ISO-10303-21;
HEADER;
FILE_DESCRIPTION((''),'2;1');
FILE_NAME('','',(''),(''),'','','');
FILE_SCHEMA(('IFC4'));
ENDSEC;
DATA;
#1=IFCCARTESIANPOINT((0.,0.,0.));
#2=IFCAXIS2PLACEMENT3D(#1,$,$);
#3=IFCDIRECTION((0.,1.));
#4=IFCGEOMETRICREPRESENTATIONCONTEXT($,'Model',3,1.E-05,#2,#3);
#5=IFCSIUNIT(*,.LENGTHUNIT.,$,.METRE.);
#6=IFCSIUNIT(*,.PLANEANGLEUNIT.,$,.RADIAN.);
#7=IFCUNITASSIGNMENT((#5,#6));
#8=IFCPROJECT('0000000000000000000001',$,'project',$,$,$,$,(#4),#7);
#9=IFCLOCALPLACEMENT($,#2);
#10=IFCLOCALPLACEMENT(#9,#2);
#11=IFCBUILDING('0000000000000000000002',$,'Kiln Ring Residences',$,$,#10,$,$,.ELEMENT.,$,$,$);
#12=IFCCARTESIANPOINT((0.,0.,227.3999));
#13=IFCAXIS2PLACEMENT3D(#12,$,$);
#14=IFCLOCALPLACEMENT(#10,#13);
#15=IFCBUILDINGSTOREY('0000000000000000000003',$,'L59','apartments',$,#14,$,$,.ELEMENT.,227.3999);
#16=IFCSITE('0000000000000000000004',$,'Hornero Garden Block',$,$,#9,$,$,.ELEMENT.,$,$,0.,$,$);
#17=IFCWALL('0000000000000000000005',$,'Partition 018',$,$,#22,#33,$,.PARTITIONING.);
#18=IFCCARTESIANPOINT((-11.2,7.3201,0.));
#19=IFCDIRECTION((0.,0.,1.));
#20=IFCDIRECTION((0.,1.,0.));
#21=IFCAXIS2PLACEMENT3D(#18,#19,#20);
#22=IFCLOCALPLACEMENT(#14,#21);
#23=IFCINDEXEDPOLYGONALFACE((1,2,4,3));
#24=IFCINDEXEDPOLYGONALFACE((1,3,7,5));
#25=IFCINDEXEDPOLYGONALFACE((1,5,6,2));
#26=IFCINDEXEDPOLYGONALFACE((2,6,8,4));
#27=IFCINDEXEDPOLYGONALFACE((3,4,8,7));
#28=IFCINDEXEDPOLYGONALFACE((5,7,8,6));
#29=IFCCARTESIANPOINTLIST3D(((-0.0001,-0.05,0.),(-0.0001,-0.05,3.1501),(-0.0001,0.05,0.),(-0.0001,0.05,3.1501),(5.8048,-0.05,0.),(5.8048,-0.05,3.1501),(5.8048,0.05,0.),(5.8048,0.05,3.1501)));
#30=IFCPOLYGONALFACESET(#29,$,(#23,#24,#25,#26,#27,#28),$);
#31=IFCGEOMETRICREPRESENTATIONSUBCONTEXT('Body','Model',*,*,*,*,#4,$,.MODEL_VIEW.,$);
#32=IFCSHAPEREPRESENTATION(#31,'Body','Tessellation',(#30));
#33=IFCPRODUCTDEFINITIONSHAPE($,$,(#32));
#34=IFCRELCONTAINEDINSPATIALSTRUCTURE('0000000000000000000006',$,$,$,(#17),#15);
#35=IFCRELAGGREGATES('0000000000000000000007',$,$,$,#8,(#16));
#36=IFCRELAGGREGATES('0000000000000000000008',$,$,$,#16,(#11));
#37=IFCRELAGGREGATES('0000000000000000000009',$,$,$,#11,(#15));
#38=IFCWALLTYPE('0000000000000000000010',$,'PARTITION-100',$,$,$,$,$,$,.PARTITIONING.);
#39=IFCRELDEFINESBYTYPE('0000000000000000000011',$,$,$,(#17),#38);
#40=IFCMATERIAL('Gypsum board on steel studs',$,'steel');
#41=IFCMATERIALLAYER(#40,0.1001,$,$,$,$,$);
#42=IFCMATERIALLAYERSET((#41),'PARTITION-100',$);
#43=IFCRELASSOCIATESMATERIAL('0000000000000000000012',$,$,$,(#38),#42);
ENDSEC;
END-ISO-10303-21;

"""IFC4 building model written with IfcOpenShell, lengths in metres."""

from ifc_helpers import new_model, si_unit, direction, frame, frame_2d, origin, place, context, subcontext, project, spatial, rectangle, extrude, material, layer, layer_set, type_object, element, save


model = new_model("IFC4")

# Units and contexts
model_context = context("Model", 3, precision=1e-05, world=origin(), true_north=direction((0.0, 1.0)))
body_context = subcontext(model_context, "Body", "Model", "MODEL_VIEW")
ifc_project = project(units=[si_unit("LENGTHUNIT", "METRE"), si_unit("PLANEANGLEUNIT", "RADIAN")], contexts=[model_context])

# Site, building, storey
site_placement = place(None, origin())
site = spatial("IfcSite", under=ifc_project, at=site_placement, Name="Hornero Garden Block", CompositionType="ELEMENT", RefElevation=0.0)
building_placement = place(site_placement, origin())
building = spatial("IfcBuilding", under=site, at=building_placement, Name="Kiln Ring Residences", CompositionType="ELEMENT")
storey_placement = place(building_placement, frame((0.0, 0.0, 227.3999)))
storey = spatial("IfcBuildingStorey", under=building, at=storey_placement, Name="L59", Description="apartments", CompositionType="ELEMENT", Elevation=227.3999)

# Wall
ifc_material_1 = material(Name="Gypsum board on steel studs", Category="steel")
ifc_layer_1 = layer(ifc_material_1, 0.1001)
ifc_layer_set_1 = layer_set([ifc_layer_1], Name="PARTITION-100")
wall_type_1 = type_object("IfcWallType", Name="PARTITION-100", PredefinedType="PARTITIONING", material=ifc_layer_set_1)
wall_1_placement = place(storey_placement, frame((-11.2, 7.3201, 0.0), z_axis=(0.0, 0.0, 1.0), x_axis=(0.0, 1.0, 0.0)))
element("IfcWall", 1, at=wall_1_placement, inside=storey, type_object=wall_type_1, Name="Partition 018", PredefinedType="PARTITIONING", context=body_context, shape_type="SweptSolid", body=[
    extrude(rectangle(XDim=5.8049, YDim=0.1001, at=frame_2d((2.9023, 0.0))), origin(), (0.0, 0.0, 1.0), 3.1501),
])

save(model, "model.ifc")
